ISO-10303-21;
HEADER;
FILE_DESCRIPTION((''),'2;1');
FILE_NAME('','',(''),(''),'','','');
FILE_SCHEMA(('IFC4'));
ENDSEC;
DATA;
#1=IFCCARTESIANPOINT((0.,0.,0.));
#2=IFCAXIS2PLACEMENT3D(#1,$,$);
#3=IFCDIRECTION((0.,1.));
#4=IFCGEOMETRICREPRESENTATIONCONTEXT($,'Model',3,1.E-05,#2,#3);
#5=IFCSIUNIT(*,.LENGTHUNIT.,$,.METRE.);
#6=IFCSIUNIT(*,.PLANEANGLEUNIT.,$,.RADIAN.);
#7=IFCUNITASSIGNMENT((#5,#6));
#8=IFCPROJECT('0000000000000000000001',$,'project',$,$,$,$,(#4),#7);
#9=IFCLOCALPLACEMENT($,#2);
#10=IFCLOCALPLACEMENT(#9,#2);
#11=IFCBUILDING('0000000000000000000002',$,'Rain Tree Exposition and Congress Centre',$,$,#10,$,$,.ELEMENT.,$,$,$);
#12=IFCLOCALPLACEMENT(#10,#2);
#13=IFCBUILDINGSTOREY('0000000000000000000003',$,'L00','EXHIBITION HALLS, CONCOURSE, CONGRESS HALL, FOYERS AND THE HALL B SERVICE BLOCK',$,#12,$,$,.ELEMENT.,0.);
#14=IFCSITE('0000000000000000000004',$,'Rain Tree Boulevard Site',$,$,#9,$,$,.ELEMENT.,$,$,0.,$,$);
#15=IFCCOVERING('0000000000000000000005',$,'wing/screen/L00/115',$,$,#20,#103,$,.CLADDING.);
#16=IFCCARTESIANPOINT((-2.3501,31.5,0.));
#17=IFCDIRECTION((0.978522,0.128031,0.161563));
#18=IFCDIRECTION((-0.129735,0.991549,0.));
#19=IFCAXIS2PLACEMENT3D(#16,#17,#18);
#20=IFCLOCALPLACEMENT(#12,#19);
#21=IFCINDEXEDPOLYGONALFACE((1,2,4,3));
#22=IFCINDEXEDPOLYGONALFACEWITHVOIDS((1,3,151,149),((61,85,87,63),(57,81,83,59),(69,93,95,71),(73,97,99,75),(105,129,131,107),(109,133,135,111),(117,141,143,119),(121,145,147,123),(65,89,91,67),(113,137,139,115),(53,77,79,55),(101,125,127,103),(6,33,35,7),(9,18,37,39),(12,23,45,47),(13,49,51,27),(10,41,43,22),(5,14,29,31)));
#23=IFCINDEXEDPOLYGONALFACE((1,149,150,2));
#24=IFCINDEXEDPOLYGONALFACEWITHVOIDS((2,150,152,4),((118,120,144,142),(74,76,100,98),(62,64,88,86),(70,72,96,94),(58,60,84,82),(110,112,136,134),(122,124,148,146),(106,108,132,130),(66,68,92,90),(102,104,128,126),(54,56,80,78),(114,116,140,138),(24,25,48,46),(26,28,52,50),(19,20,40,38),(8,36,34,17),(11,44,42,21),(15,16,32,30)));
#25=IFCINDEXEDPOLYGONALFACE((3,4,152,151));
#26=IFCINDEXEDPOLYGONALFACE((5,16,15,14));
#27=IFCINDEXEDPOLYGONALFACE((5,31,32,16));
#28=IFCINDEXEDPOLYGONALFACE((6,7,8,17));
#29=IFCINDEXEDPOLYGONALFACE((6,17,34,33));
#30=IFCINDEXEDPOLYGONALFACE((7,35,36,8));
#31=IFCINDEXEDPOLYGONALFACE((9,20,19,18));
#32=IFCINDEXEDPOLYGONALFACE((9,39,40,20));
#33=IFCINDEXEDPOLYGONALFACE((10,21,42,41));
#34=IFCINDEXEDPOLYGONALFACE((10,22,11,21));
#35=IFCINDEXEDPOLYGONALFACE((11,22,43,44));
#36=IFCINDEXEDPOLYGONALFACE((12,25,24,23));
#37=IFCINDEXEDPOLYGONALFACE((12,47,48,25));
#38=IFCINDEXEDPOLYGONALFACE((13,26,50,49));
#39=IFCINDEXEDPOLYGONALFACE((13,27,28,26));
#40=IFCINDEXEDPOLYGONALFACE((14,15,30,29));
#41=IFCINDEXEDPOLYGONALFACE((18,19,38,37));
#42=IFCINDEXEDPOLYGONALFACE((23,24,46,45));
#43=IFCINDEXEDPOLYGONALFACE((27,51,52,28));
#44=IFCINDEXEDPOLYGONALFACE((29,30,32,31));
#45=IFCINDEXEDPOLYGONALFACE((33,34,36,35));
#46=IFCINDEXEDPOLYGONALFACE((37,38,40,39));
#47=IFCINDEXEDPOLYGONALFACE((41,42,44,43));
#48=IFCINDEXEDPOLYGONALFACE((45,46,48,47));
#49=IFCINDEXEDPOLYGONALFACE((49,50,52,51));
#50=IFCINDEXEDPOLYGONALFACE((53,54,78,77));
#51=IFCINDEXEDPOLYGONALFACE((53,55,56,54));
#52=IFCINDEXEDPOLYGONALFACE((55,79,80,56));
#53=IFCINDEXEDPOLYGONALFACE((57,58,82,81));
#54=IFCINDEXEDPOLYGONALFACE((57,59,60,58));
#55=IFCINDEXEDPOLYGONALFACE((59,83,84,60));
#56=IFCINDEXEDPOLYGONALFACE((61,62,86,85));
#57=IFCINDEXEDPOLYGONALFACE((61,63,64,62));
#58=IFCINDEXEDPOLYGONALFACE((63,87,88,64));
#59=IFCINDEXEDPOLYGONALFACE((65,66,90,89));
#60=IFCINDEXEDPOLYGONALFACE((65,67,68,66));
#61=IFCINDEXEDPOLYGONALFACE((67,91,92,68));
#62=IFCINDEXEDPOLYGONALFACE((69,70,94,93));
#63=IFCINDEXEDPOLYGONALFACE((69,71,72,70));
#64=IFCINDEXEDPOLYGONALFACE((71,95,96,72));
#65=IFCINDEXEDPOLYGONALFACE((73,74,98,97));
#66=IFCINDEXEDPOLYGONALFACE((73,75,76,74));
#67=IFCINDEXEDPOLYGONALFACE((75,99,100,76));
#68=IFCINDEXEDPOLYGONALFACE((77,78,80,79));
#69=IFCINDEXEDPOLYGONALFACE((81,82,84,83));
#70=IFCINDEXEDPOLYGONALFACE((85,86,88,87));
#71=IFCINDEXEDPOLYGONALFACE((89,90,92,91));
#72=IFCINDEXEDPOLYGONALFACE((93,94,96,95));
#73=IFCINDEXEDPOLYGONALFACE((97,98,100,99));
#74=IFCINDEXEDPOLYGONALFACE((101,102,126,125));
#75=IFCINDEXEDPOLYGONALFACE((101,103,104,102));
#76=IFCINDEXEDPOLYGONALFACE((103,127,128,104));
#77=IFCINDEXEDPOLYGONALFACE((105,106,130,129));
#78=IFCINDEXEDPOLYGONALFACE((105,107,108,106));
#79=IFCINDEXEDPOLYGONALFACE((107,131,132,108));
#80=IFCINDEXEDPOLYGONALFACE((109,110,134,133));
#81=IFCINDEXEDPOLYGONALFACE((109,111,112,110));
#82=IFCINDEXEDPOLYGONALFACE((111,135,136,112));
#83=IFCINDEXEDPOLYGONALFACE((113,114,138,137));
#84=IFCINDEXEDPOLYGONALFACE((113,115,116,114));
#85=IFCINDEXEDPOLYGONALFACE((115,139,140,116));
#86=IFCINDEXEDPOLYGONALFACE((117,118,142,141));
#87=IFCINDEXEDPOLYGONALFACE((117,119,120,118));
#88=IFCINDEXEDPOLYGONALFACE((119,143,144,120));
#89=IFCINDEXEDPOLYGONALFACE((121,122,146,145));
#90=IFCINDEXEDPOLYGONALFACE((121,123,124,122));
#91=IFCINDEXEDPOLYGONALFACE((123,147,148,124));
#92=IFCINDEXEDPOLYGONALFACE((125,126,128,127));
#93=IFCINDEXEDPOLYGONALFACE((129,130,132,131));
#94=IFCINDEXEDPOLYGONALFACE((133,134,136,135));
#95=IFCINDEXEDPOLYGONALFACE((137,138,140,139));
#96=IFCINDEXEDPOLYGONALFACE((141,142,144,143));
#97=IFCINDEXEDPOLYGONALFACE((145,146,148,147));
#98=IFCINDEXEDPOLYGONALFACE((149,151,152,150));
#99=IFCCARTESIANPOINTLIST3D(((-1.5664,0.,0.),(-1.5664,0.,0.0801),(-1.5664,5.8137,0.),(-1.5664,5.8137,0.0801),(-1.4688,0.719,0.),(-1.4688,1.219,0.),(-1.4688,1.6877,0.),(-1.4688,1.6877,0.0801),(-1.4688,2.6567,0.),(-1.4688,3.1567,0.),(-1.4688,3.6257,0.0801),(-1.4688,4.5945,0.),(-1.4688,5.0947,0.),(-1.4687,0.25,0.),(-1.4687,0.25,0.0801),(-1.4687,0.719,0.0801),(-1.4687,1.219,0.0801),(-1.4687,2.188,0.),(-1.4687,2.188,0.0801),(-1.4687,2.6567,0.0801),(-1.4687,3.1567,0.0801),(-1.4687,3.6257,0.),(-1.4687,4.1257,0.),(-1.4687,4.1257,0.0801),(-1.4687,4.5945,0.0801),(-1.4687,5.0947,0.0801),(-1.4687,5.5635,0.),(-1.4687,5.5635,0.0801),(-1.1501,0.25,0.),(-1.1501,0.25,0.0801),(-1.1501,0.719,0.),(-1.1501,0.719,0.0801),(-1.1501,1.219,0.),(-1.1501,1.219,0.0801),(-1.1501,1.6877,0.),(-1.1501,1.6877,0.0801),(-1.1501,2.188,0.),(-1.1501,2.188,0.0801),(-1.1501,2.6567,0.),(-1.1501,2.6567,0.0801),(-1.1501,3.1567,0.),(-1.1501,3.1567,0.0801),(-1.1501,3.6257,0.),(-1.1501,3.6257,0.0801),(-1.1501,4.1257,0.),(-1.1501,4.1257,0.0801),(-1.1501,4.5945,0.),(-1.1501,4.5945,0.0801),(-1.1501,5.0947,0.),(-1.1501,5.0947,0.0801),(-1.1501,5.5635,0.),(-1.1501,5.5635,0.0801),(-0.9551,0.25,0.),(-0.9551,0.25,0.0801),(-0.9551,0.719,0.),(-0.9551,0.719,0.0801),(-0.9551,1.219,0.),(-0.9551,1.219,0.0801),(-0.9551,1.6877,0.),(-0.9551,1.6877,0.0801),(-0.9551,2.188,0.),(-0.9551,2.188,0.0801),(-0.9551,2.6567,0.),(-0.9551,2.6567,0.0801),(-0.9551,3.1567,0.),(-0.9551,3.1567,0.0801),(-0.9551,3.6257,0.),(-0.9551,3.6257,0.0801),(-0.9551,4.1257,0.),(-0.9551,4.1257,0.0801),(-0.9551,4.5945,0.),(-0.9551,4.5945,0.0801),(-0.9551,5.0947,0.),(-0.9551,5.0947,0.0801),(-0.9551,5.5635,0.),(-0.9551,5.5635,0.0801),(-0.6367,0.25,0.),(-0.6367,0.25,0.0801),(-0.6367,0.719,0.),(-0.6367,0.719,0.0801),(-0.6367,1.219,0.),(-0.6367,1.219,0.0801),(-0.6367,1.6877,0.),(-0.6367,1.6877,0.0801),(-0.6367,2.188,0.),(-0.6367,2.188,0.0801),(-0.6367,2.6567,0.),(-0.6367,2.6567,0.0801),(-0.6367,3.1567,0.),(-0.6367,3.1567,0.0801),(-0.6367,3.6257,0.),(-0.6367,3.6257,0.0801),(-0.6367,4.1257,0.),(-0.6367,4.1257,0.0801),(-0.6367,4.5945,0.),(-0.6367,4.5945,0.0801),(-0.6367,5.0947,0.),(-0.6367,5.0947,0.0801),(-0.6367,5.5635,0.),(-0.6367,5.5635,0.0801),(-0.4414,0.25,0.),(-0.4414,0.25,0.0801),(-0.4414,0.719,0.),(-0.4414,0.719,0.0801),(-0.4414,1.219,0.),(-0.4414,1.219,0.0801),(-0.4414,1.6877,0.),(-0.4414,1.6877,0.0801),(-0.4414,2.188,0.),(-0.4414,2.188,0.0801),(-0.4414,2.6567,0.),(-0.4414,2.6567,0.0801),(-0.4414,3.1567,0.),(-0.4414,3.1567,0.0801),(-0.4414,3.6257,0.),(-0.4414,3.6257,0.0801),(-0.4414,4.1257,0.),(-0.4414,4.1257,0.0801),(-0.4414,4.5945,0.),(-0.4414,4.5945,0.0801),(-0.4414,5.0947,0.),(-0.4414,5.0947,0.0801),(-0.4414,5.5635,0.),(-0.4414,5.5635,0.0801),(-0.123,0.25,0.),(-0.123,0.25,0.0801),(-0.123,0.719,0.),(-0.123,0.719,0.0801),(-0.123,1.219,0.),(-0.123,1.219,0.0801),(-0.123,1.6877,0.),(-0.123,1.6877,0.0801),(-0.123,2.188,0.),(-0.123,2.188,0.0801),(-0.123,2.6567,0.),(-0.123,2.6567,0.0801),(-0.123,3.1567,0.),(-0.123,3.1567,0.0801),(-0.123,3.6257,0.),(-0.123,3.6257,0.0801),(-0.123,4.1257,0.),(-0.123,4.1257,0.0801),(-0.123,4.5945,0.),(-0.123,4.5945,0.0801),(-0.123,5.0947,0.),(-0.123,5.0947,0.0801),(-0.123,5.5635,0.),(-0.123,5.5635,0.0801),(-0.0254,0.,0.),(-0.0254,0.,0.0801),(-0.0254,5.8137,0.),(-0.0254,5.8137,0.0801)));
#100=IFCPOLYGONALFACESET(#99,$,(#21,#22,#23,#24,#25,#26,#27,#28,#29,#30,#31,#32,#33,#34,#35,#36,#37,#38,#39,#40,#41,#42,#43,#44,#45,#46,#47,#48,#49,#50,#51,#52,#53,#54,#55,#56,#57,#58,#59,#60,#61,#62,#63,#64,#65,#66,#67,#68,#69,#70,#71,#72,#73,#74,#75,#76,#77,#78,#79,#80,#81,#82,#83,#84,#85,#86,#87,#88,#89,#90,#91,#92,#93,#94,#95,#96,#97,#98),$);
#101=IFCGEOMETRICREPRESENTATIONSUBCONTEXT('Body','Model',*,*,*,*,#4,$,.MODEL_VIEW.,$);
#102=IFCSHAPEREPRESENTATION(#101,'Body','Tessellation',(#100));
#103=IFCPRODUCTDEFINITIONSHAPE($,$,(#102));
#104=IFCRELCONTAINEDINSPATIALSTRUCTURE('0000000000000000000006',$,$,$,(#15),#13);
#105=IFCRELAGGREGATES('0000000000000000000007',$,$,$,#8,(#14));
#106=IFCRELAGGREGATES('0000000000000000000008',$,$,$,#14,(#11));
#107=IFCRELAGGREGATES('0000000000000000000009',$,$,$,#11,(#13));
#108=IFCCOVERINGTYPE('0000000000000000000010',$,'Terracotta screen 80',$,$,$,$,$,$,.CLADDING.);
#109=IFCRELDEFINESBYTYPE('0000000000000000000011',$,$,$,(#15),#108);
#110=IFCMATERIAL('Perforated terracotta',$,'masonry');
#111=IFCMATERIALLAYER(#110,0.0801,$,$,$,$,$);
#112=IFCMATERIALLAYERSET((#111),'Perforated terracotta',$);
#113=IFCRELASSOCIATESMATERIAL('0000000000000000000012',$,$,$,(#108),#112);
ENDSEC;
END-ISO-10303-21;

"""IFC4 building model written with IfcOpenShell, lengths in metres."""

from ifc_helpers import new_model, si_unit, direction, frame, origin, place, context, subcontext, project, spatial, polyline, outline, extrude, material, layer, layer_set, type_object, element, save


model = new_model("IFC4")

# Units and contexts
model_context = context("Model", 3, precision=1e-05, world=origin(), true_north=direction((0.0, 1.0)))
body_context = subcontext(model_context, "Body", "Model", "MODEL_VIEW")
ifc_project = project(units=[si_unit("LENGTHUNIT", "METRE"), si_unit("PLANEANGLEUNIT", "RADIAN")], contexts=[model_context])

# Site, building, storey
site_placement = place(None, origin())
site = spatial("IfcSite", under=ifc_project, at=site_placement, Name="Rain Tree Boulevard Site", CompositionType="ELEMENT", RefElevation=0.0)
building_placement = place(site_placement, origin())
building = spatial("IfcBuilding", under=site, at=building_placement, Name="Rain Tree Exposition and Congress Centre", CompositionType="ELEMENT")
storey_placement = place(building_placement, origin())
storey = spatial("IfcBuildingStorey", under=building, at=storey_placement, Name="L00", Description="EXHIBITION HALLS, CONCOURSE, CONGRESS HALL, FOYERS AND THE HALL B SERVICE BLOCK", CompositionType="ELEMENT", Elevation=0.0)

# Covering
ifc_material_1 = material(Name="Perforated terracotta", Category="masonry")
ifc_layer_1 = layer(ifc_material_1, 0.0801)
ifc_layer_set_1 = layer_set([ifc_layer_1], Name="Perforated terracotta")
covering_type = type_object("IfcCoveringType", Name="Terracotta screen 80", PredefinedType="CLADDING", material=ifc_layer_set_1)
covering_1_placement = place(storey_placement, frame((-2.3501, 31.5, 0.0), z_axis=(0.978522, 0.128031, 0.161563), x_axis=(-0.129735, 0.991549, 0.0)))
element("IfcCovering", 1, at=covering_1_placement, inside=storey, type_object=covering_type, Name="wing/screen/L00/115", PredefinedType="CLADDING", context=body_context, shape_type="SweptSolid", body=[
    extrude(outline(polyline([(-1.5664, 0.0), (-1.5664, 5.8137), (-0.0254, 5.8137), (-0.0254, 0.0), (-1.5664, 0.0)]), holes=[polyline([(-0.123, 0.25), (-0.123, 0.719), (-0.4414, 0.719), (-0.4414, 0.25), (-0.123, 0.25)]), polyline([(-0.123, 1.219), (-0.123, 1.6877), (-0.4414, 1.6877), (-0.4414, 1.219), (-0.123, 1.219)]), polyline([(-0.123, 2.188), (-0.123, 2.6567), (-0.4414, 2.6567), (-0.4414, 2.188), (-0.123, 2.188)]), polyline([(-0.123, 3.1567), (-0.123, 3.6257), (-0.4414, 3.6257), (-0.4414, 3.1567), (-0.123, 3.1567)]), polyline([(-0.123, 4.1257), (-0.123, 4.5945), (-0.4414, 4.5945), (-0.4414, 4.1257), (-0.123, 4.1257)]), polyline([(-0.123, 5.0947), (-0.123, 5.5635), (-0.4414, 5.5635), (-0.4414, 5.0947), (-0.123, 5.0947)]), polyline([(-0.6367, 0.25), (-0.6367, 0.719), (-0.9551, 0.719), (-0.9551, 0.25), (-0.6367, 0.25)]), polyline([(-0.6367, 1.219), (-0.6367, 1.6877), (-0.9551, 1.6877), (-0.9551, 1.219), (-0.6367, 1.219)]), polyline([(-0.6367, 2.188), (-0.6367, 2.6567), (-0.9551, 2.6567), (-0.9551, 2.188), (-0.6367, 2.188)]), polyline([(-0.6367, 3.1567), (-0.6367, 3.6257), (-0.9551, 3.6257), (-0.9551, 3.1567), (-0.6367, 3.1567)]), polyline([(-0.6367, 4.1257), (-0.6367, 4.5945), (-0.9551, 4.5945), (-0.9551, 4.1257), (-0.6367, 4.1257)]), polyline([(-0.6367, 5.0947), (-0.6367, 5.5635), (-0.9551, 5.5635), (-0.9551, 5.0947), (-0.6367, 5.0947)]), polyline([(-1.1501, 0.25), (-1.1501, 0.719), (-1.4688, 0.719), (-1.4688, 0.25), (-1.1501, 0.25)]), polyline([(-1.1501, 1.219), (-1.1501, 1.6877), (-1.4688, 1.6877), (-1.4688, 1.219), (-1.1501, 1.219)]), polyline([(-1.1501, 2.188), (-1.1501, 2.6567), (-1.4688, 2.6567), (-1.4688, 2.188), (-1.1501, 2.188)]), polyline([(-1.1501, 3.1567), (-1.1501, 3.6257), (-1.4688, 3.6257), (-1.4688, 3.1567), (-1.1501, 3.1567)]), polyline([(-1.1501, 4.1257), (-1.1501, 4.5945), (-1.4688, 4.5945), (-1.4688, 4.1257), (-1.1501, 4.1257)]), polyline([(-1.1501, 5.0947), (-1.1501, 5.5635), (-1.4688, 5.5635), (-1.4688, 5.0947), (-1.1501, 5.0947)])]), origin(), (0.0, 0.0, 1.0), 0.0801),
])

save(model, "model.ifc")
